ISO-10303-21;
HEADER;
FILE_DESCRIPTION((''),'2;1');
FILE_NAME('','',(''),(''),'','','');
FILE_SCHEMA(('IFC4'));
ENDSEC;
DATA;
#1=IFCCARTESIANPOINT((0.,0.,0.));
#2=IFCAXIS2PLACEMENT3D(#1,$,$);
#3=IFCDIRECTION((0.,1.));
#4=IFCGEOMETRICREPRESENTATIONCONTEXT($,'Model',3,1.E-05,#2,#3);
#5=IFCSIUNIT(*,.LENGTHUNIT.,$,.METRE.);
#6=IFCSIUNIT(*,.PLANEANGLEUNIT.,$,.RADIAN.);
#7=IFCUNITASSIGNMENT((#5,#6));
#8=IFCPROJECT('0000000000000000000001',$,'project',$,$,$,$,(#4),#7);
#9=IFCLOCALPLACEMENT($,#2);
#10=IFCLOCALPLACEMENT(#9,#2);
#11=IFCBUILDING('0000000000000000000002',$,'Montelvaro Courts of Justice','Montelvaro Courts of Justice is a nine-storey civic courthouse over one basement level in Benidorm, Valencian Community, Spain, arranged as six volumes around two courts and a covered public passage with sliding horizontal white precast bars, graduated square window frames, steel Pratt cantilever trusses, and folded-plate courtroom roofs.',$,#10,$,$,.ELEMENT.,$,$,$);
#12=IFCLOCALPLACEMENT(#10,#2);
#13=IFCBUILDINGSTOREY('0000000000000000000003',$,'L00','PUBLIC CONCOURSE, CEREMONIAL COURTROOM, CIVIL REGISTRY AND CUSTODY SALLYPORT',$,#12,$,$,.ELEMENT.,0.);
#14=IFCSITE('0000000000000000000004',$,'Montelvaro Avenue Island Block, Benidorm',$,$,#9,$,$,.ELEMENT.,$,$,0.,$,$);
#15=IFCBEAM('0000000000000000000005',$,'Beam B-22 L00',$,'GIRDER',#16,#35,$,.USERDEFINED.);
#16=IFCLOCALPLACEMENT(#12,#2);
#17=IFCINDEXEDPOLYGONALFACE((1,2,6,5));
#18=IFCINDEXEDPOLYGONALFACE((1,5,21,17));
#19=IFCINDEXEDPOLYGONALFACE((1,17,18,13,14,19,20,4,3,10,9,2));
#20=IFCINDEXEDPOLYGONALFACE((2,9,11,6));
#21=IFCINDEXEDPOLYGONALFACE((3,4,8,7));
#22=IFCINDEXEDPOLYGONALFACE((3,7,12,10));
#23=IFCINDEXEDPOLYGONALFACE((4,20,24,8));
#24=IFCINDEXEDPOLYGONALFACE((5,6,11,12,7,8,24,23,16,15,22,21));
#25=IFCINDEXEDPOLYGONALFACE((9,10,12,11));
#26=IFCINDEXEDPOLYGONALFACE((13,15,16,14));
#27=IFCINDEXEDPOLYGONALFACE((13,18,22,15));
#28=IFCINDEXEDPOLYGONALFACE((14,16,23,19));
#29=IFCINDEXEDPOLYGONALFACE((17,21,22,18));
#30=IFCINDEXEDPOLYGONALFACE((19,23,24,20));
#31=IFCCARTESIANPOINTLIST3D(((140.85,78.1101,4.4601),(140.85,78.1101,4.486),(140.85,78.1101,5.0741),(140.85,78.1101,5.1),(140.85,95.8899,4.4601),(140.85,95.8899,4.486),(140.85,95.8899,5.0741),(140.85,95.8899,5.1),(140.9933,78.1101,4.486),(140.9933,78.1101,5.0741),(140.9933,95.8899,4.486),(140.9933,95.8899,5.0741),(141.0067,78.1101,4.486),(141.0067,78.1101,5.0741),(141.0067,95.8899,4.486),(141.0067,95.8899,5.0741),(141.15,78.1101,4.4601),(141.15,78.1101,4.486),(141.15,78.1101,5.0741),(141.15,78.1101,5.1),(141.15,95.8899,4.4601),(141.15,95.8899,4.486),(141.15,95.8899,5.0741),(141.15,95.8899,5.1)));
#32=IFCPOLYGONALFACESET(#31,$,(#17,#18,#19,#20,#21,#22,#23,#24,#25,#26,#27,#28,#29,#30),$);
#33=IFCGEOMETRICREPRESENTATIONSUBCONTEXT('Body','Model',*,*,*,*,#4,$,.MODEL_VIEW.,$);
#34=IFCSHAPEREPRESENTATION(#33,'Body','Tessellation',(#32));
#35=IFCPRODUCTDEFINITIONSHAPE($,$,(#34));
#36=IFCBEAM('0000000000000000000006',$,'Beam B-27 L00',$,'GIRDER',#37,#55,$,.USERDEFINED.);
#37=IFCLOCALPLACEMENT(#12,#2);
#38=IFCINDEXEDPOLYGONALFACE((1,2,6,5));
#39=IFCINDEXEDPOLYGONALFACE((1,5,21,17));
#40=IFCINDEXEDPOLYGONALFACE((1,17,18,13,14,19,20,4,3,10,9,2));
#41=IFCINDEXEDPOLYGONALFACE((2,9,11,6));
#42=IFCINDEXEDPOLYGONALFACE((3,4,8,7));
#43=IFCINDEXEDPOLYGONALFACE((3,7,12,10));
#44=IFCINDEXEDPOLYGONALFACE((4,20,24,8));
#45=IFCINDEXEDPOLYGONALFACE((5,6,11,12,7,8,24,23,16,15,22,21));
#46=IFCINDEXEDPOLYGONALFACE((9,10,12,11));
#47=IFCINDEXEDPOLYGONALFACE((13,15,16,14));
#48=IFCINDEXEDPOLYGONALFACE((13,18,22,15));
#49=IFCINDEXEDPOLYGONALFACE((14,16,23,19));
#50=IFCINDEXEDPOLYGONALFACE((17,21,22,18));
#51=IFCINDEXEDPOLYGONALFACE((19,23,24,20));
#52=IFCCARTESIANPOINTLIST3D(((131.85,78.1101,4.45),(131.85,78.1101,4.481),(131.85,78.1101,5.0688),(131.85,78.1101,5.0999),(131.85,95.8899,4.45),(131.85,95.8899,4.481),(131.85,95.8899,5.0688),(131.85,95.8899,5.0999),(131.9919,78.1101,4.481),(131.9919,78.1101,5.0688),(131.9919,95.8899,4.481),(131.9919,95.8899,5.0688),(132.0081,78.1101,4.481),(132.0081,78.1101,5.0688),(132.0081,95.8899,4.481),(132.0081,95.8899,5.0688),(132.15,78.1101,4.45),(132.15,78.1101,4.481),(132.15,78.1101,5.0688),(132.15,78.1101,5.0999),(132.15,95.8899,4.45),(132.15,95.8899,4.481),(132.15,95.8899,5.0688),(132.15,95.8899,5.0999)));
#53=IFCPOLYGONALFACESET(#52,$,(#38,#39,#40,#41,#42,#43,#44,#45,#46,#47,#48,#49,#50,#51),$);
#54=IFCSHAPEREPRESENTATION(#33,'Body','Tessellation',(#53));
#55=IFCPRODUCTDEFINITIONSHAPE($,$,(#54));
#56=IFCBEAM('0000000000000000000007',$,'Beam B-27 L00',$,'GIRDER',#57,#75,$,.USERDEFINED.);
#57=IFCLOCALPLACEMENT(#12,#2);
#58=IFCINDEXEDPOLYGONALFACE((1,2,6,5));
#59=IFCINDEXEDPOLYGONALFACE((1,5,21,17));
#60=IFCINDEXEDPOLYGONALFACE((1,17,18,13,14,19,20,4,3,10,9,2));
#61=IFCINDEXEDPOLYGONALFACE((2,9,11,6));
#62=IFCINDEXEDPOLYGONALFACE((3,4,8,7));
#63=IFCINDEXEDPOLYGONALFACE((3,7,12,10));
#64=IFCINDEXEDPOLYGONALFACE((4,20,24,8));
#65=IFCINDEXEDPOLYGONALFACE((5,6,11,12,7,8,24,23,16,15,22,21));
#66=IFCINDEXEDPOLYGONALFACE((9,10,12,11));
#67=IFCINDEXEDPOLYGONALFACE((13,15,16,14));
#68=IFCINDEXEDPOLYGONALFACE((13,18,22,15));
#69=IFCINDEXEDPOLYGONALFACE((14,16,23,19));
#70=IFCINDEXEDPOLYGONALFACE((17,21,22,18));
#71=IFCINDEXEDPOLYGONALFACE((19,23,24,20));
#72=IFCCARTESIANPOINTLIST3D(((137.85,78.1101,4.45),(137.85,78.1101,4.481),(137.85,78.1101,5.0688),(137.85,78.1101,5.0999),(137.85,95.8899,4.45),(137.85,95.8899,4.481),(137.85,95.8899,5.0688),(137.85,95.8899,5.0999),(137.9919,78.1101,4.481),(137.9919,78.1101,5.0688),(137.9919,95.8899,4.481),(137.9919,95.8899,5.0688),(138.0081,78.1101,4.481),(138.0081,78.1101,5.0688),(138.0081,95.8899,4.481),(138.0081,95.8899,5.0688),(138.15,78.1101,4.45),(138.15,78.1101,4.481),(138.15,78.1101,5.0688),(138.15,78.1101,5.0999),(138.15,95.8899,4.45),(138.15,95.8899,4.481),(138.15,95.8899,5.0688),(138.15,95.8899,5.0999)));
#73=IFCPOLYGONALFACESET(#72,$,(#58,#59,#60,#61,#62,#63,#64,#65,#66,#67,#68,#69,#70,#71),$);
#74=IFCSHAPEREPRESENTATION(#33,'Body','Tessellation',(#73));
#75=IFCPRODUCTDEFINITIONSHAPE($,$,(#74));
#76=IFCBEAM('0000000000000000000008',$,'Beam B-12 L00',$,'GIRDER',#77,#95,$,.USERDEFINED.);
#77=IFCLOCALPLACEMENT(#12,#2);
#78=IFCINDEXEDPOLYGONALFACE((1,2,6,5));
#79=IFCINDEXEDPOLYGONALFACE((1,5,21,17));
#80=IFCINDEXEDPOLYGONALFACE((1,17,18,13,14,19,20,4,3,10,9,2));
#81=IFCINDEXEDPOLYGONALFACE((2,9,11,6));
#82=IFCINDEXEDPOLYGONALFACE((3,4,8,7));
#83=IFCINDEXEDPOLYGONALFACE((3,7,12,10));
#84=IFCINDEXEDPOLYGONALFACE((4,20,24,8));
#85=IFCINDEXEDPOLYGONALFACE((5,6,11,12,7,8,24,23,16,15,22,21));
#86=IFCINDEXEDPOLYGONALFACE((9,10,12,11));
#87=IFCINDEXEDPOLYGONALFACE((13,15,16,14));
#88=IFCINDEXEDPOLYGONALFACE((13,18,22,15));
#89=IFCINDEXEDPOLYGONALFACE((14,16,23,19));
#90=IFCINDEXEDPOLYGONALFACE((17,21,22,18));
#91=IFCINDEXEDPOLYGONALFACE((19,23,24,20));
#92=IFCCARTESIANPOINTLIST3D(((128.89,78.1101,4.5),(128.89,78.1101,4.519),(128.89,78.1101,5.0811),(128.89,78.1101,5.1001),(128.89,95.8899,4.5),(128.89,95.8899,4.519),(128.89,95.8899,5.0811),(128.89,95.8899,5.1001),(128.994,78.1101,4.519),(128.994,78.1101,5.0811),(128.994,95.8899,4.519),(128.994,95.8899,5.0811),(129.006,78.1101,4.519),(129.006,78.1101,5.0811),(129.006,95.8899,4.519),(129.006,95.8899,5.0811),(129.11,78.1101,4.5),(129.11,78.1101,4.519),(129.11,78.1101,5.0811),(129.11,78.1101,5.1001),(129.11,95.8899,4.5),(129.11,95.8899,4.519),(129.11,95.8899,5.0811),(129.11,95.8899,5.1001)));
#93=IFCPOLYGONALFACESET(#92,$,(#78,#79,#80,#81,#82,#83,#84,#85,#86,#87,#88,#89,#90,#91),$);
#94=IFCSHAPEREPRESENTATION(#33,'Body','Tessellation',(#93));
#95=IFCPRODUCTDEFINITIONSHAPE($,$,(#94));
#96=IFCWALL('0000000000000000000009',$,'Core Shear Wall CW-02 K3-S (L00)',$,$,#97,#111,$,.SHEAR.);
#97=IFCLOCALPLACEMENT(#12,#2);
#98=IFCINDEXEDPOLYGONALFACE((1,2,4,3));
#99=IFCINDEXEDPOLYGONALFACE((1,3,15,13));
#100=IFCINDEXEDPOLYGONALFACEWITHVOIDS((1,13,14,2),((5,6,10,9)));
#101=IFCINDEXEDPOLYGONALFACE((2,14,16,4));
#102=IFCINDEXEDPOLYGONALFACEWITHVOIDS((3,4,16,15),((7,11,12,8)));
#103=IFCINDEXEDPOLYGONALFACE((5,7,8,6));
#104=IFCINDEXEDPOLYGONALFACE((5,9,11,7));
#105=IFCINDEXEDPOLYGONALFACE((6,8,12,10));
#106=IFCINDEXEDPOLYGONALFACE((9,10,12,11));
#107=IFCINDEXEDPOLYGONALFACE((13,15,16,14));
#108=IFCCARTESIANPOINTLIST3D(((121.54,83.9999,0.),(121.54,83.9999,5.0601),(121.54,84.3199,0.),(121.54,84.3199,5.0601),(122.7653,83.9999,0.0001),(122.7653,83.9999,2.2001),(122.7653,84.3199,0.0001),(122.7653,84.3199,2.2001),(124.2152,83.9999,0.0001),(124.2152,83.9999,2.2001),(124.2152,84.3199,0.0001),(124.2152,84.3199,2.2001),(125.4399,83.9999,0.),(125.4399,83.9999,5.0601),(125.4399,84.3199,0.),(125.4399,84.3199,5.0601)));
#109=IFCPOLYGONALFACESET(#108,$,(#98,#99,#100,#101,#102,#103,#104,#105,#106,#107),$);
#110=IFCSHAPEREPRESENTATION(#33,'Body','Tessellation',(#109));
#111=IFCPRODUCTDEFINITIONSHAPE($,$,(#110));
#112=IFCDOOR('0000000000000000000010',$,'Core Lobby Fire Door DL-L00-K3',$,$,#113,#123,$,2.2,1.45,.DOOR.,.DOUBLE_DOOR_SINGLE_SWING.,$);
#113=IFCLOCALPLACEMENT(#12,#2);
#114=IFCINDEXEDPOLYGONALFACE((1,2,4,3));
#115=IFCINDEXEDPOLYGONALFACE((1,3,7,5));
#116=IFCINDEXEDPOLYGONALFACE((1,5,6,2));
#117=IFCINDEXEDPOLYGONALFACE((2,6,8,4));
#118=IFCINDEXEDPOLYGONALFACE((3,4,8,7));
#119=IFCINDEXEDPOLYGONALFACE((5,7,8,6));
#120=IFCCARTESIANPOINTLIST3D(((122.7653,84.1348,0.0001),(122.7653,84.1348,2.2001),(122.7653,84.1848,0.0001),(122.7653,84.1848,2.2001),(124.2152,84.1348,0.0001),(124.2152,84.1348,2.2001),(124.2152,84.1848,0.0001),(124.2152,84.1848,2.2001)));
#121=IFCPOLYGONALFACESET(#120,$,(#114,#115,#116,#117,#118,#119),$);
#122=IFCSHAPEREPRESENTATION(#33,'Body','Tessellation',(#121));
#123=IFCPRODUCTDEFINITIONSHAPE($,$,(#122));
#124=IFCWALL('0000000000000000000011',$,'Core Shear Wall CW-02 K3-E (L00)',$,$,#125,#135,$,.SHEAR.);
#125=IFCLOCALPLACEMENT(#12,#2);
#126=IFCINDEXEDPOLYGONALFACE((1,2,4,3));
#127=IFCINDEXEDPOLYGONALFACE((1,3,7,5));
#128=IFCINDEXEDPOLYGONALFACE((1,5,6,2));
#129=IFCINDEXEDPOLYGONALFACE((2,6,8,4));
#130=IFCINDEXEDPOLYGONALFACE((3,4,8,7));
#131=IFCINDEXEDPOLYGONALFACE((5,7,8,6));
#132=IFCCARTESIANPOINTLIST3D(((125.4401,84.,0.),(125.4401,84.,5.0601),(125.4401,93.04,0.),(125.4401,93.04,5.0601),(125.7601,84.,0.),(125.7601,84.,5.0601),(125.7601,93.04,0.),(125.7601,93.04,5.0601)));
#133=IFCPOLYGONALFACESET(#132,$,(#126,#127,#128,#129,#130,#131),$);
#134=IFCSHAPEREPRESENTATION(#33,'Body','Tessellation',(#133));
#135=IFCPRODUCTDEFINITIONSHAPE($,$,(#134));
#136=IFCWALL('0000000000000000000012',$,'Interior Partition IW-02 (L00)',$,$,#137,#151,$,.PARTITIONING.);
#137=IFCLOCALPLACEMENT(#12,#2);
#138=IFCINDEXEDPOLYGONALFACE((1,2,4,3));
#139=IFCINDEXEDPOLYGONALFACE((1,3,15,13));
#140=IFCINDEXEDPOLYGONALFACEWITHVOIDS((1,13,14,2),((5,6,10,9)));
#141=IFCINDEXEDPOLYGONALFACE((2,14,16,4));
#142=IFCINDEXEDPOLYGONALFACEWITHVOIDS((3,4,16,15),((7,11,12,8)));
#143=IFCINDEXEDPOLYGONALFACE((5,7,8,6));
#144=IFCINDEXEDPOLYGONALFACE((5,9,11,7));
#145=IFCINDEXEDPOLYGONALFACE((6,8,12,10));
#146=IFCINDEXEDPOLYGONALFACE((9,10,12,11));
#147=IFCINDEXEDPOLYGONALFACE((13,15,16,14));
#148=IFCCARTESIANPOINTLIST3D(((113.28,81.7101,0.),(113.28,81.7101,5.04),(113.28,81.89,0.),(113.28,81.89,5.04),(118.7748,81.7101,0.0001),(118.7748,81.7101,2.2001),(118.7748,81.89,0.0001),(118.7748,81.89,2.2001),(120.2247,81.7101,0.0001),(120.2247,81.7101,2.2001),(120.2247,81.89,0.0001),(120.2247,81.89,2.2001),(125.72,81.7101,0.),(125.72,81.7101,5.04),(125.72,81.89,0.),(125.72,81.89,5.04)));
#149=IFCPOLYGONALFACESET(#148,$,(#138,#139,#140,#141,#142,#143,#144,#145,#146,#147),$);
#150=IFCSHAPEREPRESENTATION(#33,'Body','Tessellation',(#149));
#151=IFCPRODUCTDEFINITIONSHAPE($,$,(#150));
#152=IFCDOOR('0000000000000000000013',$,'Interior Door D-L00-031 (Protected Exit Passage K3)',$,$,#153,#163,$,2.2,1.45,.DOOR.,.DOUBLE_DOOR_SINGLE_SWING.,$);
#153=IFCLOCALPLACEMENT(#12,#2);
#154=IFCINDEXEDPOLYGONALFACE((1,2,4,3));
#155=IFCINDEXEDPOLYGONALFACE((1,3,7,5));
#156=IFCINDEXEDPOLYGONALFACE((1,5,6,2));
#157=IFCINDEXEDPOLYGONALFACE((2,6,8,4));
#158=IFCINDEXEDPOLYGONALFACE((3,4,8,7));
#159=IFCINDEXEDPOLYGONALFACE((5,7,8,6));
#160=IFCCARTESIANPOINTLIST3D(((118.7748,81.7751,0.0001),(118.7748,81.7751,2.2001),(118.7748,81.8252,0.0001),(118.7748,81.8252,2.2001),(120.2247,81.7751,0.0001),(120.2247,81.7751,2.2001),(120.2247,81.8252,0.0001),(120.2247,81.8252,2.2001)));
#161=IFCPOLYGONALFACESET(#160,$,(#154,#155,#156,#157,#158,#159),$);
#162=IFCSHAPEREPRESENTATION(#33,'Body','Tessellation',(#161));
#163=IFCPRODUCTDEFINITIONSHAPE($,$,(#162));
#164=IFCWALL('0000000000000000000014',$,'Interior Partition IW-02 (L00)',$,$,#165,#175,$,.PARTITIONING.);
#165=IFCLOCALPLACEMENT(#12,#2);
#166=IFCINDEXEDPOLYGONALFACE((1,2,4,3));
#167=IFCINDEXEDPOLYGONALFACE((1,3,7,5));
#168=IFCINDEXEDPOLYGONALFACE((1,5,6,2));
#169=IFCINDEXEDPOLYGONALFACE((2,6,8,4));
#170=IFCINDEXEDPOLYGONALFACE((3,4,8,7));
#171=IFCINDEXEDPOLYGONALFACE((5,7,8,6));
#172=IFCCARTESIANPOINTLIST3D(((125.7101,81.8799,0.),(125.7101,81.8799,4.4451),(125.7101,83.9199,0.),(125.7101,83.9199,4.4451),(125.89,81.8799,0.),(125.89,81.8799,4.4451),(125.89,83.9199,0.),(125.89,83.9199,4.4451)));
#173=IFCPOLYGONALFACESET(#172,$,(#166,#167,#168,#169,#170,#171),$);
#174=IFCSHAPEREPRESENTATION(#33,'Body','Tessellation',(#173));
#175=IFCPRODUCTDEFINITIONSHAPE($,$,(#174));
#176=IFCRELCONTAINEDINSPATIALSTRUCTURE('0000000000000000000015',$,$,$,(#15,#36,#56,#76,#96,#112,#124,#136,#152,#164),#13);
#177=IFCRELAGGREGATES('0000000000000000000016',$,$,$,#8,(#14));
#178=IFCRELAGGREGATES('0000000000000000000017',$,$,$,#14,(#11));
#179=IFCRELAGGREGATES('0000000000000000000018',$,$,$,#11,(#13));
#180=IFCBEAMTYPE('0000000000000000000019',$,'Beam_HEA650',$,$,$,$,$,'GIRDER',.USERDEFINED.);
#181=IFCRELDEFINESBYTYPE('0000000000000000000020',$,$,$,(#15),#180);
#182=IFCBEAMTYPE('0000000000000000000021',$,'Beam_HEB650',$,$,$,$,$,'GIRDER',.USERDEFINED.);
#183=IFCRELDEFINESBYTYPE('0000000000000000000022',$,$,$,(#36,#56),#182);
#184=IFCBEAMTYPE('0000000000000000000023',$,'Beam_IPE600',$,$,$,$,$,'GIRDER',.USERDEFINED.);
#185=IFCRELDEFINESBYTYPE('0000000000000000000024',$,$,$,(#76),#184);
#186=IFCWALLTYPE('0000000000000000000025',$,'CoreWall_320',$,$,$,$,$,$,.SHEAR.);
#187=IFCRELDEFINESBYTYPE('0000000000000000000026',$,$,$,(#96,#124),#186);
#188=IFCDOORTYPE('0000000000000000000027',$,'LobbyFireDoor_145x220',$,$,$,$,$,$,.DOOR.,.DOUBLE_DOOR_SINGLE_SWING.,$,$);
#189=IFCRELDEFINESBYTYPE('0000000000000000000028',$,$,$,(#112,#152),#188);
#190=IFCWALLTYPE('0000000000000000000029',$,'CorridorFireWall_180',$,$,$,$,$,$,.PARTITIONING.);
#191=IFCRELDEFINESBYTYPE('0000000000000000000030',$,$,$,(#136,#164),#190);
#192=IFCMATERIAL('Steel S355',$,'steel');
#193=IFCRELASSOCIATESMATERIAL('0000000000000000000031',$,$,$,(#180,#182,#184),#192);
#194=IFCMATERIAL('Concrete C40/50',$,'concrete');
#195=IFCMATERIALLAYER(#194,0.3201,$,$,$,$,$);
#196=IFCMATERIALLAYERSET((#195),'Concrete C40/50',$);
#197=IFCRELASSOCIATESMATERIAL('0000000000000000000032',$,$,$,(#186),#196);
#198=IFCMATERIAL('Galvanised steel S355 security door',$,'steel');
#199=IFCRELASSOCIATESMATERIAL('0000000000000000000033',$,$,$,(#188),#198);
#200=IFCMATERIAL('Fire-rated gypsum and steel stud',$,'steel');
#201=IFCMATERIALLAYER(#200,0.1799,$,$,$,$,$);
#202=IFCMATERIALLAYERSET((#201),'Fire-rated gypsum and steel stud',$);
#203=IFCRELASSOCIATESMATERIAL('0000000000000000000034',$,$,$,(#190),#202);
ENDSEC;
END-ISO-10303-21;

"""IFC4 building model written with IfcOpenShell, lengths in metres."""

from ifc_helpers import new_model, si_unit, direction, frame, frame_2d, origin, origin_2d, place, context, subcontext, project, spatial, rectangle, i_section, extrude, material, layer, layer_set, material_profile, profile_set, type_object, element, fill, save


model = new_model("IFC4")

# Units and contexts
model_context = context("Model", 3, precision=1e-05, world=origin(), true_north=direction((0.0, 1.0)))
body_context = subcontext(model_context, "Body", "Model", "MODEL_VIEW")
ifc_project = project(units=[si_unit("LENGTHUNIT", "METRE"), si_unit("PLANEANGLEUNIT", "RADIAN")], contexts=[model_context])

# Site, building, storey
site_placement = place(None, origin())
site = spatial("IfcSite", under=ifc_project, at=site_placement, Name="Montelvaro Avenue Island Block, Benidorm", CompositionType="ELEMENT", RefElevation=0.0)
building_placement = place(site_placement, origin())
building = spatial("IfcBuilding", under=site, at=building_placement, Name="Montelvaro Courts of Justice", Description="Montelvaro Courts of Justice is a nine-storey civic courthouse over one basement level in Benidorm, Valencian Community, Spain, arranged as six volumes around two courts and a covered public passage with sliding horizontal white precast bars, graduated square window frames, steel Pratt cantilever trusses, and folded-plate courtroom roofs.", CompositionType="ELEMENT")
storey_placement = place(building_placement, origin())
storey = spatial("IfcBuildingStorey", under=building, at=storey_placement, Name="L00", Description="PUBLIC CONCOURSE, CEREMONIAL COURTROOM, CIVIL REGISTRY AND CUSTODY SALLYPORT", CompositionType="ELEMENT", Elevation=0.0)

# Beams
ifc_material_1 = material(Name="Steel S355", Category="steel")
ifc_material_profile_1 = material_profile(ifc_material_1, i_section(OverallWidth=0.3, OverallDepth=0.6399, WebThickness=0.0134, FlangeThickness=0.0259, at=origin_2d()), Name="HEA 650")
ifc_profile_set_1 = profile_set([ifc_material_profile_1], Name="Steel S355")
beam_type_1 = type_object("IfcBeamType", Name="Beam_HEA650", ElementType="GIRDER", PredefinedType="USERDEFINED", material=ifc_profile_set_1)
beam_1_placement = place(storey_placement, frame((141.0, 78.1101, 4.78), z_axis=(0.0, 1.0, 0.0), x_axis=(-1.0, 0.0, 0.0)))
element("IfcBeam", 1, at=beam_1_placement, inside=storey, type_object=beam_type_1, Name="Beam B-22 L00", ObjectType="GIRDER", PredefinedType="USERDEFINED", context=body_context, shape_type="SweptSolid", body=[
    extrude(i_section(OverallWidth=0.3, OverallDepth=0.6399, WebThickness=0.0134, FlangeThickness=0.0259, at=origin_2d()), origin(), (0.0, 0.0, 1.0), 17.7798),
])
ifc_material_profile_2 = material_profile(ifc_material_1, i_section(OverallWidth=0.3, OverallDepth=0.6499, WebThickness=0.0161, FlangeThickness=0.031, at=origin_2d()), Name="HEB 650")
ifc_profile_set_2 = profile_set([ifc_material_profile_2], Name="Steel S355")
beam_type_2 = type_object("IfcBeamType", Name="Beam_HEB650", ElementType="GIRDER", PredefinedType="USERDEFINED", material=ifc_profile_set_2)
for number, where, z_axis, x_axis, name in (
    (2, (132.0, 78.1101, 4.7749), (0.0, 1.0, 0.0), (-1.0, 0.0, 0.0), "Beam B-27 L00"),
    (3, (138.0, 78.1101, 4.7749), (0.0, 1.0, 0.0), (-1.0, 0.0, 0.0), "Beam B-27 L00"),
):
    element("IfcBeam", number, at=place(storey_placement, frame(where, z_axis=z_axis, x_axis=x_axis)), inside=storey, type_object=beam_type_2, Name=name, ObjectType="GIRDER", PredefinedType="USERDEFINED", context=body_context, shape_type="SweptSolid", body=[
        extrude(i_section(OverallWidth=0.3, OverallDepth=0.6499, WebThickness=0.0161, FlangeThickness=0.031, at=origin_2d()), origin(), (0.0, 0.0, 1.0), 17.7798),
    ])
ifc_material_profile_3 = material_profile(ifc_material_1, i_section(OverallWidth=0.22, OverallDepth=0.6001, WebThickness=0.012, FlangeThickness=0.019, at=origin_2d()), Name="IPE 600")
ifc_profile_set_3 = profile_set([ifc_material_profile_3], Name="Steel S355")
beam_type_3 = type_object("IfcBeamType", Name="Beam_IPE600", ElementType="GIRDER", PredefinedType="USERDEFINED", material=ifc_profile_set_3)
beam_2_placement = place(storey_placement, frame((129.0, 78.1101, 4.8), z_axis=(0.0, 1.0, 0.0), x_axis=(-1.0, 0.0, 0.0)))
element("IfcBeam", 4, at=beam_2_placement, inside=storey, type_object=beam_type_3, Name="Beam B-12 L00", ObjectType="GIRDER", PredefinedType="USERDEFINED", context=body_context, shape_type="SweptSolid", body=[
    extrude(i_section(OverallWidth=0.22, OverallDepth=0.6001, WebThickness=0.012, FlangeThickness=0.019, at=origin_2d()), origin(), (0.0, 0.0, 1.0), 17.7798),
])

# Wall, opening, door
ifc_material_2 = material(Name="Concrete C40/50", Category="concrete")
ifc_layer_1 = layer(ifc_material_2, 0.3201)
ifc_layer_set_1 = layer_set([ifc_layer_1], Name="Concrete C40/50")
wall_type_1 = type_object("IfcWallType", Name="CoreWall_320", PredefinedType="SHEAR", material=ifc_layer_set_1)
wall_1_placement = place(storey_placement, frame((121.54, 84.1599, 0.0), z_axis=(0.0, 0.0, 1.0), x_axis=(1.0, 0.0, 0.0)))
wall_1 = element("IfcWall", 5, at=wall_1_placement, inside=storey, type_object=wall_type_1, Name="Core Shear Wall CW-02 K3-S (L00)", PredefinedType="SHEAR", context=body_context, shape_type="SweptSolid", body=[
    extrude(rectangle(XDim=3.8999, YDim=0.3201, at=frame_2d((1.95, 0.0))), origin(), (0.0, 0.0, 1.0), 5.0601),
])
opening_1_placement = place(wall_1_placement, frame((1.2251, 0.0, 0.0)))
opening_1 = element("IfcOpeningElement", 6, at=opening_1_placement, cuts=wall_1, PredefinedType="OPENING", context=body_context, shape_type="SweptSolid", body=[
    extrude(rectangle(XDim=1.45, YDim=2.2, at=frame_2d((0.7251, 1.1001))), frame((0.0, 0.1748, 0.0), z_axis=(0.0, -1.0, 0.0), x_axis=(1.0, 0.0, 0.0)), (0.0, 0.0, 1.0), 0.3499),
])
ifc_material_3 = material(Name="Galvanised steel S355 security door", Category="steel")
door_type_1 = type_object("IfcDoorType", Name="LobbyFireDoor_145x220", OperationType="DOUBLE_DOOR_SINGLE_SWING", PredefinedType="DOOR", material=ifc_material_3)
door_1_placement = place(opening_1_placement, origin())
door_1 = element("IfcDoor", 7, at=door_1_placement, inside=storey, type_object=door_type_1, Name="Core Lobby Fire Door DL-L00-K3", OperationType="DOUBLE_DOOR_SINGLE_SWING", OverallHeight=2.2, OverallWidth=1.45, PredefinedType="DOOR", context=body_context, shape_type="SweptSolid", body=[
    extrude(rectangle(XDim=1.45, YDim=2.2, at=frame_2d((0.7251, 1.1001))), frame((0.0, 0.0249, 0.0), z_axis=(0.0, -1.0, 0.0), x_axis=(1.0, 0.0, 0.0)), (0.0, 0.0, 1.0), 0.05),
])
fill(opening_1, door_1)

# Wall
wall_2_placement = place(storey_placement, frame((125.6001, 84.0, 0.0), z_axis=(0.0, 0.0, 1.0), x_axis=(0.0, 1.0, 0.0)))
element("IfcWall", 8, at=wall_2_placement, inside=storey, type_object=wall_type_1, Name="Core Shear Wall CW-02 K3-E (L00)", PredefinedType="SHEAR", context=body_context, shape_type="SweptSolid", body=[
    extrude(rectangle(XDim=9.04, YDim=0.3201, at=frame_2d((4.52, 0.0))), origin(), (0.0, 0.0, 1.0), 5.0601),
])

# Wall, opening, door
ifc_material_4 = material(Name="Fire-rated gypsum and steel stud", Category="steel")
ifc_layer_2 = layer(ifc_material_4, 0.1799)
ifc_layer_set_2 = layer_set([ifc_layer_2], Name="Fire-rated gypsum and steel stud")
wall_type_2 = type_object("IfcWallType", Name="CorridorFireWall_180", PredefinedType="PARTITIONING", material=ifc_layer_set_2)
wall_3_placement = place(storey_placement, frame((125.72, 81.8, 0.0), z_axis=(0.0, 0.0, 1.0), x_axis=(-1.0, 0.0, 0.0)))
wall_3 = element("IfcWall", 9, at=wall_3_placement, inside=storey, type_object=wall_type_2, Name="Interior Partition IW-02 (L00)", PredefinedType="PARTITIONING", context=body_context, shape_type="SweptSolid", body=[
    extrude(rectangle(XDim=12.4399, YDim=0.1799, at=frame_2d((6.22, 0.0))), origin(), (0.0, 0.0, 1.0), 5.04),
])
opening_2_placement = place(wall_3_placement, frame((5.4951, 0.0, 0.0)))
opening_2 = element("IfcOpeningElement", 10, at=opening_2_placement, cuts=wall_3, PredefinedType="OPENING", context=body_context, shape_type="SweptSolid", body=[
    extrude(rectangle(XDim=1.45, YDim=2.2, at=frame_2d((0.7251, 1.1001))), frame((0.0, 0.105, 0.0), z_axis=(0.0, -1.0, 0.0), x_axis=(1.0, 0.0, 0.0)), (0.0, 0.0, 1.0), 0.2097),
])
door_2_placement = place(opening_2_placement, origin())
door_2 = element("IfcDoor", 11, at=door_2_placement, inside=storey, type_object=door_type_1, Name="Interior Door D-L00-031 (Protected Exit Passage K3)", OperationType="DOUBLE_DOOR_SINGLE_SWING", OverallHeight=2.2, OverallWidth=1.45, PredefinedType="DOOR", context=body_context, shape_type="SweptSolid", body=[
    extrude(rectangle(XDim=1.45, YDim=2.2, at=frame_2d((0.7251, 1.1001))), frame((0.0, 0.0249, 0.0), z_axis=(0.0, -1.0, 0.0), x_axis=(1.0, 0.0, 0.0)), (0.0, 0.0, 1.0), 0.05),
])
fill(opening_2, door_2)

# Wall
wall_4_placement = place(storey_placement, frame((125.8, 83.9199, 0.0), z_axis=(0.0, 0.0, 1.0), x_axis=(0.0, -1.0, 0.0)))
element("IfcWall", 12, at=wall_4_placement, inside=storey, type_object=wall_type_2, Name="Interior Partition IW-02 (L00)", PredefinedType="PARTITIONING", context=body_context, shape_type="SweptSolid", body=[
    extrude(rectangle(XDim=2.04, YDim=0.1799, at=frame_2d((1.02, 0.0))), origin(), (0.0, 0.0, 1.0), 4.4451),
])

save(model, "model.ifc")
